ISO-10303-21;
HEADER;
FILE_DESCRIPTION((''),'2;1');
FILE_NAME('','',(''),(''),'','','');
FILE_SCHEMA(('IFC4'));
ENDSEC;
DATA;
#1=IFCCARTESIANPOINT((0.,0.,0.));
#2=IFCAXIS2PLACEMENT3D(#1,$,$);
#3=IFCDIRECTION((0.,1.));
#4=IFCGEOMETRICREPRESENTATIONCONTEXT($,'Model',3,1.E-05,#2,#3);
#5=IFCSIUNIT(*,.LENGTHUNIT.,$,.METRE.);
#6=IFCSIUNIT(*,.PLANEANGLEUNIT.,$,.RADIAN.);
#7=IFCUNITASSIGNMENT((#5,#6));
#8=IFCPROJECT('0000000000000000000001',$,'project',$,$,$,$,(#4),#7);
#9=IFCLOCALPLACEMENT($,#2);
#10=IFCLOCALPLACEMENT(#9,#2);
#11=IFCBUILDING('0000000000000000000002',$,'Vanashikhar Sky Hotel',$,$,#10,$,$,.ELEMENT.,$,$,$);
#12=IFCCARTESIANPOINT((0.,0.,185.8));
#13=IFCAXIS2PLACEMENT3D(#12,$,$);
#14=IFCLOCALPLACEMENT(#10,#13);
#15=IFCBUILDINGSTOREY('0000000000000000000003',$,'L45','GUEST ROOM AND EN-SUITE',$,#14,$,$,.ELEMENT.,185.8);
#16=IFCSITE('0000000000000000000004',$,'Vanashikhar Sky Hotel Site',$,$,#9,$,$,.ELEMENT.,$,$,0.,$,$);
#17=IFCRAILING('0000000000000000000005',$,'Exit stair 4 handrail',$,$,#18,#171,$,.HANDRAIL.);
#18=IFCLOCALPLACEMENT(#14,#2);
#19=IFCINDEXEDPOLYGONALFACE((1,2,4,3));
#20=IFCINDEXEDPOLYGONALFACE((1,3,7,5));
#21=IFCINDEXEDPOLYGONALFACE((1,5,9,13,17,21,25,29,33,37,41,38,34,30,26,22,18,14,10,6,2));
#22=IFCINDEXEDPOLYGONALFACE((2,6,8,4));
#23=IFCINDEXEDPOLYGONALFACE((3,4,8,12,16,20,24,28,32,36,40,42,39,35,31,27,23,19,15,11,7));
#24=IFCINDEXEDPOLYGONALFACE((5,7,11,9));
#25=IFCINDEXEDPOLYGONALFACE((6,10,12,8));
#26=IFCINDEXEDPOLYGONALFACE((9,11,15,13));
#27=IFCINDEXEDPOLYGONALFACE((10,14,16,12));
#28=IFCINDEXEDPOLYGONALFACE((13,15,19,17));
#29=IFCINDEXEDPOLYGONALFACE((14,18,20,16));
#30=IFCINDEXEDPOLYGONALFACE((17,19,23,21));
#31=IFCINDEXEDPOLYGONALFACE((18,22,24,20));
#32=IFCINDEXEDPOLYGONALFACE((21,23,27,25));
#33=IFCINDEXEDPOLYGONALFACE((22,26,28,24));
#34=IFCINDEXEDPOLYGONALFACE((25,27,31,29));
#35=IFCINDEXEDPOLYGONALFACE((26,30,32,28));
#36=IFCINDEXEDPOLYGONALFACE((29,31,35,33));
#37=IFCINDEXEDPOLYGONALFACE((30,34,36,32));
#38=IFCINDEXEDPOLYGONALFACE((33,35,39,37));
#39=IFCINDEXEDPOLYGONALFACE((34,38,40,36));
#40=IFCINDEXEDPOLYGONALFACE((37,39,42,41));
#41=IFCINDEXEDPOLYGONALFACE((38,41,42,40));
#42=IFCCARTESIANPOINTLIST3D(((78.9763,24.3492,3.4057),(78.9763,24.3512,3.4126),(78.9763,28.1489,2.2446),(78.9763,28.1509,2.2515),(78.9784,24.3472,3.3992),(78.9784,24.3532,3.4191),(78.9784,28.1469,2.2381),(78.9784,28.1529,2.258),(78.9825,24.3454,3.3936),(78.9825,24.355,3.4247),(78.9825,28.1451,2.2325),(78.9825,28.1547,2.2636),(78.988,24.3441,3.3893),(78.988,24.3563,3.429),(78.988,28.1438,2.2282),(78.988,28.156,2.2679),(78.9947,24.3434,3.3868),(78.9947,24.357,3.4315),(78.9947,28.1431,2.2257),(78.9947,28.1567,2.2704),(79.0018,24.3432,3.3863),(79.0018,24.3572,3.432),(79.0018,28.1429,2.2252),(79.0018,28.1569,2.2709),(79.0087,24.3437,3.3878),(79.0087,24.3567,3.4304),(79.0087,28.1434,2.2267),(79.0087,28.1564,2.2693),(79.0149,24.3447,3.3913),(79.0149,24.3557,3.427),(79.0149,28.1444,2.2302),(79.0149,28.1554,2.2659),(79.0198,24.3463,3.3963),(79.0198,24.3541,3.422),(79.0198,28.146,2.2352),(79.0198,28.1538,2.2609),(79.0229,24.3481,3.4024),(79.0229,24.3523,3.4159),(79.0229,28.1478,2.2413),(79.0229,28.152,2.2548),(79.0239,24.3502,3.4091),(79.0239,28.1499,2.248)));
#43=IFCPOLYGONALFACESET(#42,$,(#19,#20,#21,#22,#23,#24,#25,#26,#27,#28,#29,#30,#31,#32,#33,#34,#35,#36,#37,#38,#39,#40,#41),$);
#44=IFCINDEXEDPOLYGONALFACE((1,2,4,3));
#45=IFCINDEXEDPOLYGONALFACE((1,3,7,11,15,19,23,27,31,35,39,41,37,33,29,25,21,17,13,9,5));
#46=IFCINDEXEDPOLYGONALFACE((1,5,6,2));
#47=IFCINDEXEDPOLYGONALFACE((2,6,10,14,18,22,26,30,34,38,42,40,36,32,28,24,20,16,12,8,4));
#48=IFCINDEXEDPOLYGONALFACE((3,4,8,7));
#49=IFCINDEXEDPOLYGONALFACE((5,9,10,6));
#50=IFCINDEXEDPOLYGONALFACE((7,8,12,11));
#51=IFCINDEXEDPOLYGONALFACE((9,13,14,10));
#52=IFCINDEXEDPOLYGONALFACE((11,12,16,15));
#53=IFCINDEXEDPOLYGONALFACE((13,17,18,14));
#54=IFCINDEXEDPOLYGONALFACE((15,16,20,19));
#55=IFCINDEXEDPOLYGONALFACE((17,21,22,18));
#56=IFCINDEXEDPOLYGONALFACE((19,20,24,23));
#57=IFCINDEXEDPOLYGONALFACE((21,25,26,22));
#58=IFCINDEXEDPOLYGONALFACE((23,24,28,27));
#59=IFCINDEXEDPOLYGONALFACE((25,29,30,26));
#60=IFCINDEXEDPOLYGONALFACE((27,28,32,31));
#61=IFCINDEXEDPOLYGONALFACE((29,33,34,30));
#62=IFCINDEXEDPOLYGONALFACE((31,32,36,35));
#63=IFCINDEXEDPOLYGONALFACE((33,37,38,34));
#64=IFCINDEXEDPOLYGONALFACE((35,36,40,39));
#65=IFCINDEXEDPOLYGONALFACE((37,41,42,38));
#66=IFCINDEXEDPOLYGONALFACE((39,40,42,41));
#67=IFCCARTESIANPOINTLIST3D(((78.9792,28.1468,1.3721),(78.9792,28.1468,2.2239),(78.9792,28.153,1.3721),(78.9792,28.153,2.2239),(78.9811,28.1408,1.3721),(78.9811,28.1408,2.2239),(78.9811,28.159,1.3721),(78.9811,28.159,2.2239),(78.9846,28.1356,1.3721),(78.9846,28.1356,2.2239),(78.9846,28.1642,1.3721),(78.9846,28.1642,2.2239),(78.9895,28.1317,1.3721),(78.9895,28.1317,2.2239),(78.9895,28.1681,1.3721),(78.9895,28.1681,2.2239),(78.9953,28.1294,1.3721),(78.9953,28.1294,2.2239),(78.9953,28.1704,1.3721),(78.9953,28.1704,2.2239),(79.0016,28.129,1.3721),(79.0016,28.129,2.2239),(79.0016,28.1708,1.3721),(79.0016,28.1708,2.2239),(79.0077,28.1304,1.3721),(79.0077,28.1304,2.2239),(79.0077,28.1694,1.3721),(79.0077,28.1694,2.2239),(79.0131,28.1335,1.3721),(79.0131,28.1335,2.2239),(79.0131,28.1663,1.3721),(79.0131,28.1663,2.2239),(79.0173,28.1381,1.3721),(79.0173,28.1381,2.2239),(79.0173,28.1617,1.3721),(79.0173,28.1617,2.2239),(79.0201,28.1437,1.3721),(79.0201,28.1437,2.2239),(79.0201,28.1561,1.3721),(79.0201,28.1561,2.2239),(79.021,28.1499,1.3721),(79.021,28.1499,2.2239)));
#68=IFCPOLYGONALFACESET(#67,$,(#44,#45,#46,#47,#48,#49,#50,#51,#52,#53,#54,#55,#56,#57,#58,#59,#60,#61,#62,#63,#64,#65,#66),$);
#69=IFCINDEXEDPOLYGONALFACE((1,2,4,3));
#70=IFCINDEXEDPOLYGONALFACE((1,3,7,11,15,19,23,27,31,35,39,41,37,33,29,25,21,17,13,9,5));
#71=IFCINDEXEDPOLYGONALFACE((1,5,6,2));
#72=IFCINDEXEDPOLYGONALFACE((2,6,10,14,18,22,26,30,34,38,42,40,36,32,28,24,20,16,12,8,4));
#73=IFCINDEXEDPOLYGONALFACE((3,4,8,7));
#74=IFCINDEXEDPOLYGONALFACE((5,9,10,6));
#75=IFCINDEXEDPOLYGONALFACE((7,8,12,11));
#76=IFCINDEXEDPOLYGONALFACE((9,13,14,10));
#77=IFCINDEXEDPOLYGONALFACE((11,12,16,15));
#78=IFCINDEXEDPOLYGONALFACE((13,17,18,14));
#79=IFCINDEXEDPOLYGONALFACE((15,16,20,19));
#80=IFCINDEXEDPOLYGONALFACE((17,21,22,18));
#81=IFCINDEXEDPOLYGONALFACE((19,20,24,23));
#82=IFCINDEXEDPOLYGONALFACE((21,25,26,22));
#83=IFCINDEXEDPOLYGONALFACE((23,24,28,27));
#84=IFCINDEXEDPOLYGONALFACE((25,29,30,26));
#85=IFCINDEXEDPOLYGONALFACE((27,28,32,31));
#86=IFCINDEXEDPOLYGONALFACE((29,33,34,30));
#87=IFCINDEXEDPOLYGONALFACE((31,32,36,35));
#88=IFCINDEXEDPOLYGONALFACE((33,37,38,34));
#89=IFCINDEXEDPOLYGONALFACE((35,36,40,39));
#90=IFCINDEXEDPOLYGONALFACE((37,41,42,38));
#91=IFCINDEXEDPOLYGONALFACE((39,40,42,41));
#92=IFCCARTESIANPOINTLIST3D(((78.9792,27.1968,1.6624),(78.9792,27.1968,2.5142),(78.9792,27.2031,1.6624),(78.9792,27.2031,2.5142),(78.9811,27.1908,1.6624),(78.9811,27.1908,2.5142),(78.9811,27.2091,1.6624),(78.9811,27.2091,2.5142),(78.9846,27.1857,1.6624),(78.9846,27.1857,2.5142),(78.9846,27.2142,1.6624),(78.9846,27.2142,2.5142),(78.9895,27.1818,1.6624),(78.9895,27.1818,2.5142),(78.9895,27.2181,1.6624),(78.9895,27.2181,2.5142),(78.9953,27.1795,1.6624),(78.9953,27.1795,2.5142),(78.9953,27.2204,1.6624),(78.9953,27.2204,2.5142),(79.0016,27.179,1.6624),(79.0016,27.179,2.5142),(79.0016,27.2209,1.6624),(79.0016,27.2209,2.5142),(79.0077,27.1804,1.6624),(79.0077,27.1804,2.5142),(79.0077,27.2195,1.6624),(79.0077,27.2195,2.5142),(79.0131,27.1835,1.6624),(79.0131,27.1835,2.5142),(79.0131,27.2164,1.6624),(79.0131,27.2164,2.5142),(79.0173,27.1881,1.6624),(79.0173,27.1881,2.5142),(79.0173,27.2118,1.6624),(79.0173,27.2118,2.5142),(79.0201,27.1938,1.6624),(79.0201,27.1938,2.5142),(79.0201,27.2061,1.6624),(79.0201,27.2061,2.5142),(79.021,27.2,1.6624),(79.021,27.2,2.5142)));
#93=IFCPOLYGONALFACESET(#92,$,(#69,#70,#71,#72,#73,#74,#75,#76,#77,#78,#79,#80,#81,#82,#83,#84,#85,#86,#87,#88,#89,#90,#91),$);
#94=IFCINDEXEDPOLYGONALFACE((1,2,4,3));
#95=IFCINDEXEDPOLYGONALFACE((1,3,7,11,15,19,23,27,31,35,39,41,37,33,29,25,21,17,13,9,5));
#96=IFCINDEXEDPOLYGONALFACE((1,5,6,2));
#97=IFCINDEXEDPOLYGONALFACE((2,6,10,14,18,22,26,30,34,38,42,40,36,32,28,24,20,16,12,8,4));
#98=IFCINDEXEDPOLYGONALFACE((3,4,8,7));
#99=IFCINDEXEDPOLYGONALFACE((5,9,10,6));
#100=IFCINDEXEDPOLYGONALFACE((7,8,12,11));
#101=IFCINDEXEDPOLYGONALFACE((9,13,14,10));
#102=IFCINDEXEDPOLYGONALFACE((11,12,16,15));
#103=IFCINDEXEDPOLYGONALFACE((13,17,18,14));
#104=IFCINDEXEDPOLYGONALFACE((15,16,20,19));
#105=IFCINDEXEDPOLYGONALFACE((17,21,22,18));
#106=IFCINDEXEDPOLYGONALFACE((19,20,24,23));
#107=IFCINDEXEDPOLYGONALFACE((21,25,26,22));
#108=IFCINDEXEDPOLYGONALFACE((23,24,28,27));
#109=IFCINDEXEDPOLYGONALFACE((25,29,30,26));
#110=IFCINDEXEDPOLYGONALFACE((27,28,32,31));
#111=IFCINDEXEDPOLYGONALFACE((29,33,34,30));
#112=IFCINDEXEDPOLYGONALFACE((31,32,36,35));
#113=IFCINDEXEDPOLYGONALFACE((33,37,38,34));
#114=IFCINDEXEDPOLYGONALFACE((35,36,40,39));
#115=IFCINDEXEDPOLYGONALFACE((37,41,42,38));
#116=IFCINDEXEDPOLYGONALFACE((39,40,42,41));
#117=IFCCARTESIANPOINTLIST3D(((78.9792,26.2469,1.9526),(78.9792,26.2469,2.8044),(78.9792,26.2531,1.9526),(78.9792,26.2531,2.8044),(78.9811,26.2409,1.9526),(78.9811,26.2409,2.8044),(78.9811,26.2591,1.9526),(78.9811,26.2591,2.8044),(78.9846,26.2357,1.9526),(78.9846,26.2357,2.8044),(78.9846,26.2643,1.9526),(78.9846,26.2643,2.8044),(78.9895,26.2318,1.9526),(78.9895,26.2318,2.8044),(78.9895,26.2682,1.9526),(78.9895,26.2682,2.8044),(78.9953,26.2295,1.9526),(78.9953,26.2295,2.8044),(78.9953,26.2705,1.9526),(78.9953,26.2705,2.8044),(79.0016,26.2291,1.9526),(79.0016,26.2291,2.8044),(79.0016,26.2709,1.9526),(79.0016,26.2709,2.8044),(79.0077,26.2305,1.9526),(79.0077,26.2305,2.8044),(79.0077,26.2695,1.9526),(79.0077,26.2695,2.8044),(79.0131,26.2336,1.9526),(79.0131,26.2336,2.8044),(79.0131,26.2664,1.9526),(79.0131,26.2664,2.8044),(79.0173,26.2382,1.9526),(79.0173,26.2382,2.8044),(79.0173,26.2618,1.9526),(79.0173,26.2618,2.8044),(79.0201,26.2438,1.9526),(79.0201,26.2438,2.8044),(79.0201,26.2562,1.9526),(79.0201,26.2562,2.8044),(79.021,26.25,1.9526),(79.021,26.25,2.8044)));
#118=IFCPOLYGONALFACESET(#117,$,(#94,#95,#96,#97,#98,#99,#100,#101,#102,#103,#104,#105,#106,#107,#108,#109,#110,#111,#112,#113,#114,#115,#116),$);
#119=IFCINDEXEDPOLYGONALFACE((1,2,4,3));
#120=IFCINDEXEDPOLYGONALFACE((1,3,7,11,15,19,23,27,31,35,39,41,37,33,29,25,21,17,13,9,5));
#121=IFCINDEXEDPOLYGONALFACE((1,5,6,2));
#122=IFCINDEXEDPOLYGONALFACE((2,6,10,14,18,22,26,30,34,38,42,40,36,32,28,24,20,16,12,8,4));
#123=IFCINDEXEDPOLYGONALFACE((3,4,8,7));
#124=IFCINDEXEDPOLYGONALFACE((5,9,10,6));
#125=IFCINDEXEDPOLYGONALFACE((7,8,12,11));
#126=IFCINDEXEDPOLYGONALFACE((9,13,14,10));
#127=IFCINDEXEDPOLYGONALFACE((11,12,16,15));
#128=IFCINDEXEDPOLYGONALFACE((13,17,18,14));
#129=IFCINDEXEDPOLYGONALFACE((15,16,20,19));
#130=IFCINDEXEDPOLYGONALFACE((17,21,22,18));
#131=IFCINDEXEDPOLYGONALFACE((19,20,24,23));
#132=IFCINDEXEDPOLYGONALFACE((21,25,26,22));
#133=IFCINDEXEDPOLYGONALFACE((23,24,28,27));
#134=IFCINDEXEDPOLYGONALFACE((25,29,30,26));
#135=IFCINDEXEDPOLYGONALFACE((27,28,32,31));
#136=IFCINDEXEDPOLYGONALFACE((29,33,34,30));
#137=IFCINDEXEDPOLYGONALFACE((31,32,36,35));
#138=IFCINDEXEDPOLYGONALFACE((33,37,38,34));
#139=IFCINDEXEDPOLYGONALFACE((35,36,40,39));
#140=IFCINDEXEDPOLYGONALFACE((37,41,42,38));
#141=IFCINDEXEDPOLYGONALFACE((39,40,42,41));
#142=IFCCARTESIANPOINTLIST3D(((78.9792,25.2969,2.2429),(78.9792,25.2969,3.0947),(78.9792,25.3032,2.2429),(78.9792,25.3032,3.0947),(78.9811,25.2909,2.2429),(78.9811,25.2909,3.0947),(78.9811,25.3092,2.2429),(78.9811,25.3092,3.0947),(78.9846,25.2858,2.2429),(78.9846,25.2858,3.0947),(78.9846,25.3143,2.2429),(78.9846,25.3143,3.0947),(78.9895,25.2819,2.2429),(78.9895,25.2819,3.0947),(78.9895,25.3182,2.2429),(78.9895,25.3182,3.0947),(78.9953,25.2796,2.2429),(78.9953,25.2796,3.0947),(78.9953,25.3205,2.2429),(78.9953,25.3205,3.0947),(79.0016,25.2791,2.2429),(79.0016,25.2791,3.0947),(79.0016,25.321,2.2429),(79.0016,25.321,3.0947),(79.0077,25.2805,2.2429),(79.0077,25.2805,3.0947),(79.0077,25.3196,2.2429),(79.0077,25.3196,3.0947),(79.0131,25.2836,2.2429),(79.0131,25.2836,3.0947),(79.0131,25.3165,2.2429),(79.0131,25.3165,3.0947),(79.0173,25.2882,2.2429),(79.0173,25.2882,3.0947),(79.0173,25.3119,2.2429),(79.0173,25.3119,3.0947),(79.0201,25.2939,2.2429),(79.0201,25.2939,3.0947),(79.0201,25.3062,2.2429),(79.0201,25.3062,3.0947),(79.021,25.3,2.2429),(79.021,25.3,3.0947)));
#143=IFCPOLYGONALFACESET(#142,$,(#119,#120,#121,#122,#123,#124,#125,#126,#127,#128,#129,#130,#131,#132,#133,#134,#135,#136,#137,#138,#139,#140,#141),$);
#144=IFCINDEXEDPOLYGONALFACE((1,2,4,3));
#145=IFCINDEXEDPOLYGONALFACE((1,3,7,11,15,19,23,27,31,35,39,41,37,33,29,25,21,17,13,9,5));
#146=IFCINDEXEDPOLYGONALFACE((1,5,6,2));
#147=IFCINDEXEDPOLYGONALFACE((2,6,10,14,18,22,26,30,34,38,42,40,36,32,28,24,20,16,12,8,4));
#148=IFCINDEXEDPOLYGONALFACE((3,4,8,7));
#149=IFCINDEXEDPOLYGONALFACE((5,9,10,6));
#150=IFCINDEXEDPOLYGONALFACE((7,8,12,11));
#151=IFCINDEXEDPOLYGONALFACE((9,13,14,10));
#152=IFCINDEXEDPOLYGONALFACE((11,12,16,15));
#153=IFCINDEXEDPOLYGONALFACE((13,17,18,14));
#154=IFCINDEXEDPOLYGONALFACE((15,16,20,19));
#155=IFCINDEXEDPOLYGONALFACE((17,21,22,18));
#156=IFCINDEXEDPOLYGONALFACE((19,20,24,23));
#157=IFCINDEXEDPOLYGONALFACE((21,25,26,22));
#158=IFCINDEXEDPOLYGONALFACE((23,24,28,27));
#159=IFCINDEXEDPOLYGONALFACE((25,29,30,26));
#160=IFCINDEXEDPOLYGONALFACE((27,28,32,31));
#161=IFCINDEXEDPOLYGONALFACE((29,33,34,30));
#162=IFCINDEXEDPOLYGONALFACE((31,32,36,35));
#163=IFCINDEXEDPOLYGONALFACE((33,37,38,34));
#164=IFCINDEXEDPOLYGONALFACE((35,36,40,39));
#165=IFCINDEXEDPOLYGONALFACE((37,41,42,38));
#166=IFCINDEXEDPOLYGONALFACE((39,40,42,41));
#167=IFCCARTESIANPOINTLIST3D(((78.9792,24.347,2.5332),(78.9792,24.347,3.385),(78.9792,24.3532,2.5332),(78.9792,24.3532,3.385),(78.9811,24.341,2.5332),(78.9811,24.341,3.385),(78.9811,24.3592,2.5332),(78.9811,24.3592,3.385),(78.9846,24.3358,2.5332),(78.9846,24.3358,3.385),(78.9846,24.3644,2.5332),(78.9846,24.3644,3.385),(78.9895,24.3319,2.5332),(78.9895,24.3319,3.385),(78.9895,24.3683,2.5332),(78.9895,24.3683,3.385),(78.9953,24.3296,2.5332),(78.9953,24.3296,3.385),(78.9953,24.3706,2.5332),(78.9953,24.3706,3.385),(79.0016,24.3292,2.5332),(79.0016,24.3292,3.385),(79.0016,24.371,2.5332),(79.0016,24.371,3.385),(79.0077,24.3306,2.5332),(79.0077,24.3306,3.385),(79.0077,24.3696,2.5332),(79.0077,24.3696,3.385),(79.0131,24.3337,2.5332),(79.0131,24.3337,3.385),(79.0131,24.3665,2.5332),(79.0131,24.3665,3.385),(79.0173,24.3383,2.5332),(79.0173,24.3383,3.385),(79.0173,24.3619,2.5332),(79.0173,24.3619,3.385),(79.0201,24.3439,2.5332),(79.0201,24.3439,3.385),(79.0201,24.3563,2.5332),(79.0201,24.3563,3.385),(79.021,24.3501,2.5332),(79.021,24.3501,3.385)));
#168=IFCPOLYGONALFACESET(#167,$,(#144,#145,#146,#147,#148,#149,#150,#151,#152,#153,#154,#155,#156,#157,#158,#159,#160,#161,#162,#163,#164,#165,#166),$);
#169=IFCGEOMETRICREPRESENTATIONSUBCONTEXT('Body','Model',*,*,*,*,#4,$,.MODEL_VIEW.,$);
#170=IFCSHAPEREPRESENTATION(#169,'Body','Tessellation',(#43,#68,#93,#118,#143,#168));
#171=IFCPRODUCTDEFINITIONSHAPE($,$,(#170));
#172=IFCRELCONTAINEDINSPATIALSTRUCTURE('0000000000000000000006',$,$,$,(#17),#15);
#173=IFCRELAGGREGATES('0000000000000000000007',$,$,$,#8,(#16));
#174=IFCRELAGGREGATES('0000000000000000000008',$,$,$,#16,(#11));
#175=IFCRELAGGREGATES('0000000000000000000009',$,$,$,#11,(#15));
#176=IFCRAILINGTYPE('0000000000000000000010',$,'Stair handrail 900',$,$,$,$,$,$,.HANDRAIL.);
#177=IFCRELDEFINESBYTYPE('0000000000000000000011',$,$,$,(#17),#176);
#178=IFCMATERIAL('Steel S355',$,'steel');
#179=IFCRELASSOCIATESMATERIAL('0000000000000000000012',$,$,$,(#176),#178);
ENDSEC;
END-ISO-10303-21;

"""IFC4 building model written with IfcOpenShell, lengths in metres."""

from ifc_helpers import new_model, si_unit, direction, frame, origin, origin_2d, place, context, subcontext, project, spatial, circle, extrude, source, transform, mapped, material, type_object, element, save


model = new_model("IFC4")

# Units and contexts
model_context = context("Model", 3, precision=1e-05, world=origin(), true_north=direction((0.0, 1.0)))
body_context = subcontext(model_context, "Body", "Model", "MODEL_VIEW")
ifc_project = project(units=[si_unit("LENGTHUNIT", "METRE"), si_unit("PLANEANGLEUNIT", "RADIAN")], contexts=[model_context])

# Site, building, storey
site_placement = place(None, origin())
site = spatial("IfcSite", under=ifc_project, at=site_placement, Name="Vanashikhar Sky Hotel Site", CompositionType="ELEMENT", RefElevation=0.0)
building_placement = place(site_placement, origin())
building = spatial("IfcBuilding", under=site, at=building_placement, Name="Vanashikhar Sky Hotel", CompositionType="ELEMENT")
storey_placement = place(building_placement, frame((0.0, 0.0, 185.8)))
storey = spatial("IfcBuildingStorey", under=building, at=storey_placement, Name="L45", Description="GUEST ROOM AND EN-SUITE", CompositionType="ELEMENT", Elevation=185.8)

# Railing
ifc_material_1 = material(Name="Steel S355", Category="steel")
railing_type_1 = type_object("IfcRailingType", Name="Stair handrail 900", PredefinedType="HANDRAIL", material=ifc_material_1)
shared_shape_1 = source(origin(), body_context, "Body", "SweptSolid", [
    extrude(circle(Radius=0.0239, at=origin_2d()), frame((0.0, 0.0, 0.876), z_axis=(0.0, -0.956346, 0.292237), x_axis=(1.0, 0.0, 0.0)), (0.0, 0.0, 1.0), 3.9731),
    extrude(circle(Radius=0.021, at=origin_2d()), origin(), (0.0, 0.0, 1.0), 0.8518),
    extrude(circle(Radius=0.021, at=origin_2d()), frame((0.0, -0.95, 0.2903)), (0.0, 0.0, 1.0), 0.8518),
    extrude(circle(Radius=0.021, at=origin_2d()), frame((0.0, -1.8999, 0.5806)), (0.0, 0.0, 1.0), 0.8518),
    extrude(circle(Radius=0.021, at=origin_2d()), frame((0.0, -2.8499, 0.8708)), (0.0, 0.0, 1.0), 0.8518),
    extrude(circle(Radius=0.021, at=origin_2d()), frame((0.0, -3.7998, 1.1611)), (0.0, 0.0, 1.0), 0.8518),
])
railing_1_placement = place(storey_placement, frame((79.0, 28.1499, 1.3721)))
element("IfcRailing", 1, at=railing_1_placement, inside=storey, type_object=railing_type_1, Name="Exit stair 4 handrail", PredefinedType="HANDRAIL", context=body_context, shape_type="MappedRepresentation", body=[
    mapped(shared_shape_1, transform((0.0, 0.0, 0.0), scale=1.0)),
])

save(model, "model.ifc")
